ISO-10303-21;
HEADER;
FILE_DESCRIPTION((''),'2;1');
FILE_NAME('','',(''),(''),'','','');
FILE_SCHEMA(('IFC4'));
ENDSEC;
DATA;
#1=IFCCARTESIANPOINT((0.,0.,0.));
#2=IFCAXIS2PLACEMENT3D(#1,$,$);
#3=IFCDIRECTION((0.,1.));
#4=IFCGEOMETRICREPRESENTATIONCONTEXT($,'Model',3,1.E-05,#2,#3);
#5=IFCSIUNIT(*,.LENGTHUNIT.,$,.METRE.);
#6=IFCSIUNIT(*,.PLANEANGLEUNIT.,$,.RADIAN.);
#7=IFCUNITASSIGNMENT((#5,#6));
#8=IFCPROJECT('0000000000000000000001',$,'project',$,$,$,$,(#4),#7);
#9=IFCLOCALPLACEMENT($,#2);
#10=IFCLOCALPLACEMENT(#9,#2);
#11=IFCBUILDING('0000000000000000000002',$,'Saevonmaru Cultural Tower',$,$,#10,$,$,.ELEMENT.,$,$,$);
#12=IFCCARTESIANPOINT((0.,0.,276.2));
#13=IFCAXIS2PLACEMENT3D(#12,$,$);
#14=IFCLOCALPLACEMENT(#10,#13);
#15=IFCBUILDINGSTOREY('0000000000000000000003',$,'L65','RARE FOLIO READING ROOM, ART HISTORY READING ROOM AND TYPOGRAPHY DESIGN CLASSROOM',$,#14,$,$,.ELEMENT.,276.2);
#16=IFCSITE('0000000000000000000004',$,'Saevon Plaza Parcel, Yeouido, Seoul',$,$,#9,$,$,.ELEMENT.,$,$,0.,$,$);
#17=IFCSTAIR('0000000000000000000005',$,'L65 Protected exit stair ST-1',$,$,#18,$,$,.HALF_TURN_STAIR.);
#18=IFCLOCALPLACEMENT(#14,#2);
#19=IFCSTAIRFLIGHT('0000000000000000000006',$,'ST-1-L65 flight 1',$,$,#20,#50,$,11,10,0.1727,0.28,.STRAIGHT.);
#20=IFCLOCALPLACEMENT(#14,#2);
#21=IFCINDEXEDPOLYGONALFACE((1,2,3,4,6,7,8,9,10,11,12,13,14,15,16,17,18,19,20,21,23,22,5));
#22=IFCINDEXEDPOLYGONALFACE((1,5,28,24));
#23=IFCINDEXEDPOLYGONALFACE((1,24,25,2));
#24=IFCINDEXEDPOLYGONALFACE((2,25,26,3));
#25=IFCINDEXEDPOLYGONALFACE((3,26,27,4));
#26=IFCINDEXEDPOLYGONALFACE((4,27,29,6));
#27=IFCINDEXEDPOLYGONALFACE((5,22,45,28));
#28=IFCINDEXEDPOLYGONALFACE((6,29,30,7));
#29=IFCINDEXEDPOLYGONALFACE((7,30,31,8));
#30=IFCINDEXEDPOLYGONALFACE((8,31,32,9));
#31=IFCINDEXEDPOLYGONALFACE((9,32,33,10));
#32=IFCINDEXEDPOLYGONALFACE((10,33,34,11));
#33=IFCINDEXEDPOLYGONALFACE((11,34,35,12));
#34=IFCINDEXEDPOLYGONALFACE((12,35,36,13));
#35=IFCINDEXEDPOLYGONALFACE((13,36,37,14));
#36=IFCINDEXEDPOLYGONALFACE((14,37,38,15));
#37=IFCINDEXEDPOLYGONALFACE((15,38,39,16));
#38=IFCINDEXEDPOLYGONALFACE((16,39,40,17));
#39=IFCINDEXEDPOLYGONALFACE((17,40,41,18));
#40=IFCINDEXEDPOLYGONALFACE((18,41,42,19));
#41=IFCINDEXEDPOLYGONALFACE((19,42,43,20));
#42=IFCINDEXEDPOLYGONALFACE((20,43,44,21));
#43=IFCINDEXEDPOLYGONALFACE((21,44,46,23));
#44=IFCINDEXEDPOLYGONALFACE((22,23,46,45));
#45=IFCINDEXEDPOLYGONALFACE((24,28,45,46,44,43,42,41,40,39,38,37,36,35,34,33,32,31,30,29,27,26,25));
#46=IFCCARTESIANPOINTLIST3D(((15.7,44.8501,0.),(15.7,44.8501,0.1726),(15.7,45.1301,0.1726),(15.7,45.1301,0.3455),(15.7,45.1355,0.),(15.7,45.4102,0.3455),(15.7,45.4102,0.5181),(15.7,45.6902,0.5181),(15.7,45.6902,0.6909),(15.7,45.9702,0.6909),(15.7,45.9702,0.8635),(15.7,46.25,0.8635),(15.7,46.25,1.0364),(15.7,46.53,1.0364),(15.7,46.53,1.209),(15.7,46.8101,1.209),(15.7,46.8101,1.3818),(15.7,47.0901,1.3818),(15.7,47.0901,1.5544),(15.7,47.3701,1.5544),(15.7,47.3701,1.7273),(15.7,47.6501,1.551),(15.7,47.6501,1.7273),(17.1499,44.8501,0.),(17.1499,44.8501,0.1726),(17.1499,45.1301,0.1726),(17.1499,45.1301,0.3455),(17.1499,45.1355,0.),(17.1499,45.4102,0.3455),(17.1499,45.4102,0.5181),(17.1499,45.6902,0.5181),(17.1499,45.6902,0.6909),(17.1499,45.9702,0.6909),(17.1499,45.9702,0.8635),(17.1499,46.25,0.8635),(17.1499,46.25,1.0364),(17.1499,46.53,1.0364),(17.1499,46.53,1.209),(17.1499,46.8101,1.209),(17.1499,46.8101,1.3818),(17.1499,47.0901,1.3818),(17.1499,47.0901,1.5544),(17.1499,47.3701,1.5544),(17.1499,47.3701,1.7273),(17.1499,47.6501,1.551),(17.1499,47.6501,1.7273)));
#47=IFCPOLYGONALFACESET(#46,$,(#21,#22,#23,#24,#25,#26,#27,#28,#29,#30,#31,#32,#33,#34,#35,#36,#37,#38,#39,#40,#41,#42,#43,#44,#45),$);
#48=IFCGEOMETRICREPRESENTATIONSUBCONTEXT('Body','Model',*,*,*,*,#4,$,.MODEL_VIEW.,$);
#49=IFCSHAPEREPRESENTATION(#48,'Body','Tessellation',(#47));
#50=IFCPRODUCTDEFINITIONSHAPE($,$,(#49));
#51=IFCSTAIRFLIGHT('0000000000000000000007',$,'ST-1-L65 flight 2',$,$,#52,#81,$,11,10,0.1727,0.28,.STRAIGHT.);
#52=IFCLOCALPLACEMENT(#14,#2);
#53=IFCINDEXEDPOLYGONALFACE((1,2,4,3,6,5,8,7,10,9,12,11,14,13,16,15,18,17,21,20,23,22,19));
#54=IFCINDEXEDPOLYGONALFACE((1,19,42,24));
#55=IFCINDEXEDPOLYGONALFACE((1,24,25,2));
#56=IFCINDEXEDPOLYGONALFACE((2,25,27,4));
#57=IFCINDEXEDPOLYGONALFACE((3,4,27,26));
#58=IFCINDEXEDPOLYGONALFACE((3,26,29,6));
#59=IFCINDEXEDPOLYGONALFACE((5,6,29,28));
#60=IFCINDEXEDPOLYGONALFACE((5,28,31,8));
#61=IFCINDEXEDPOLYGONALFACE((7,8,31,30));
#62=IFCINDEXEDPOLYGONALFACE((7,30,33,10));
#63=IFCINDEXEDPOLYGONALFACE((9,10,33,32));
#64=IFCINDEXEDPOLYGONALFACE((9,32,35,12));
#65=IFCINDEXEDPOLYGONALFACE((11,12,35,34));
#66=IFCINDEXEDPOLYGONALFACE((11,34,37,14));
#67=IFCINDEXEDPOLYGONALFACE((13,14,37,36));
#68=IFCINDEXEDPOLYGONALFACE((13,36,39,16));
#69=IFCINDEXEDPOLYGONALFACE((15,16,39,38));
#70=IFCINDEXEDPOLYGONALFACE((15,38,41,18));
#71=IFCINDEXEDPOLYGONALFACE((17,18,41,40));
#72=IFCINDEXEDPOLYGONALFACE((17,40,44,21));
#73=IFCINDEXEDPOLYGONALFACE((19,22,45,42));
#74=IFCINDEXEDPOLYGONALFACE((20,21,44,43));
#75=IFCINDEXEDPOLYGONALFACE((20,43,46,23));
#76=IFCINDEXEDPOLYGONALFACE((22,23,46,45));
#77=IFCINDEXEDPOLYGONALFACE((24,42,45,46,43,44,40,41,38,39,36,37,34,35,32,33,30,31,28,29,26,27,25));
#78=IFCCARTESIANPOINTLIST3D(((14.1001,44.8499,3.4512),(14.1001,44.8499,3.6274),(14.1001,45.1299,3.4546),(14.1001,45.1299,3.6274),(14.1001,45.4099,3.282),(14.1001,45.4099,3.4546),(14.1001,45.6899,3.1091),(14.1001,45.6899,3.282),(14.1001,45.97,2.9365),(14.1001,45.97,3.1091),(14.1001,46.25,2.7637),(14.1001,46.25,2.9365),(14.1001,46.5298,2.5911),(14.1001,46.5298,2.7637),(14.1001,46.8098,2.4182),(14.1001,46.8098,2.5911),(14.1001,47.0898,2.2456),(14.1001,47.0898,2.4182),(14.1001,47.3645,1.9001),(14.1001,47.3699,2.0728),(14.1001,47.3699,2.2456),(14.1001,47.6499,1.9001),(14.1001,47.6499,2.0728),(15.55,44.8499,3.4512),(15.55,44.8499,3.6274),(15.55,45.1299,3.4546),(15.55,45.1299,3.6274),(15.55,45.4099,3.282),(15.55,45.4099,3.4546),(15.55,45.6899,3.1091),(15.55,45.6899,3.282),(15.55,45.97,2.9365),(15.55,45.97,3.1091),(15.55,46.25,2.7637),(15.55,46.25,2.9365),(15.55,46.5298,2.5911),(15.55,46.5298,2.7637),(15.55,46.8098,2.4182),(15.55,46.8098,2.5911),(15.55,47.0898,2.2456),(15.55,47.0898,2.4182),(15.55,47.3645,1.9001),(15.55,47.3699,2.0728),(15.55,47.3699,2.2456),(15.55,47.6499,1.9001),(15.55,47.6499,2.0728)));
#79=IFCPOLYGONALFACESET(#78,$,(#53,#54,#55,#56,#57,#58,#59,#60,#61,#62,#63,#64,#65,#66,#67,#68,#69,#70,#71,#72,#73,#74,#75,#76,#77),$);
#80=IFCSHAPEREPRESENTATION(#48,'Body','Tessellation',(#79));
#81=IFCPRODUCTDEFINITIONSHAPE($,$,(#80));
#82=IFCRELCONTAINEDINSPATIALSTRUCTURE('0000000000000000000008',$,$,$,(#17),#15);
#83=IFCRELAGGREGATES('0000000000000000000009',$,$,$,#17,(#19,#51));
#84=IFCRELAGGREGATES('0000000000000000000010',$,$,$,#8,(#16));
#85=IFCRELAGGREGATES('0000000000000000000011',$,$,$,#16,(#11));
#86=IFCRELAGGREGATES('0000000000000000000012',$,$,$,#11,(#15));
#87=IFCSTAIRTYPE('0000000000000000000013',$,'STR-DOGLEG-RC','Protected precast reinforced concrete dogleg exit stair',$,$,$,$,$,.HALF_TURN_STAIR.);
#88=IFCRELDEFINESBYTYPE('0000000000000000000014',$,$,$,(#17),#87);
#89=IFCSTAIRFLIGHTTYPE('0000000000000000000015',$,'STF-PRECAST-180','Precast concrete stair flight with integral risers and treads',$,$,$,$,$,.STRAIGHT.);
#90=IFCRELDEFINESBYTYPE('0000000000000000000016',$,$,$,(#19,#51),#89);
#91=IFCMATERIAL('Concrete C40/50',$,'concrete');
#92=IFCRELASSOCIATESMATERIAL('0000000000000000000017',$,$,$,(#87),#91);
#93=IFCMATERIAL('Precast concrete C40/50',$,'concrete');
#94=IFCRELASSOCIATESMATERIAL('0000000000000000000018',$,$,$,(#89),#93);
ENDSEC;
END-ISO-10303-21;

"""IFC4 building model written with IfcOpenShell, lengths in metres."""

from ifc_helpers import new_model, si_unit, direction, frame, origin, place, context, subcontext, project, spatial, polyline, outline, extrude, material, type_object, element, aggregate, save


model = new_model("IFC4")

# Units and contexts
model_context = context("Model", 3, precision=1e-05, world=origin(), true_north=direction((0.0, 1.0)))
body_context = subcontext(model_context, "Body", "Model", "MODEL_VIEW")
ifc_project = project(units=[si_unit("LENGTHUNIT", "METRE"), si_unit("PLANEANGLEUNIT", "RADIAN")], contexts=[model_context])

# Site, building, storey
site_placement = place(None, origin())
site = spatial("IfcSite", under=ifc_project, at=site_placement, Name="Saevon Plaza Parcel, Yeouido, Seoul", CompositionType="ELEMENT", RefElevation=0.0)
building_placement = place(site_placement, origin())
building = spatial("IfcBuilding", under=site, at=building_placement, Name="Saevonmaru Cultural Tower", CompositionType="ELEMENT")
storey_placement = place(building_placement, frame((0.0, 0.0, 276.2)))
storey = spatial("IfcBuildingStorey", under=building, at=storey_placement, Name="L65", Description="RARE FOLIO READING ROOM, ART HISTORY READING ROOM AND TYPOGRAPHY DESIGN CLASSROOM", CompositionType="ELEMENT", Elevation=276.2)

# Shared definitions
ifc_material_1 = material(Name="Concrete C40/50", Category="concrete")

# Stair, stair flights
stair_type = type_object("IfcStairType", Name="STR-DOGLEG-RC", Description="Protected precast reinforced concrete dogleg exit stair", PredefinedType="HALF_TURN_STAIR", material=ifc_material_1)
stair_placement = place(storey_placement, origin())
stair = element("IfcStair", 1, at=stair_placement, inside=storey, type_object=stair_type, Name="L65 Protected exit stair ST-1", PredefinedType="HALF_TURN_STAIR")
ifc_material_2 = material(Name="Precast concrete C40/50", Category="concrete")
stair_flight_type = type_object("IfcStairFlightType", Name="STF-PRECAST-180", Description="Precast concrete stair flight with integral risers and treads", PredefinedType="STRAIGHT", material=ifc_material_2)
stair_flight_1_placement = place(storey_placement, frame((16.425, 44.8501, 0.0), z_axis=(0.0, 0.0, 1.0), x_axis=(0.0, 1.0, 0.0)))
stair_flight_1 = element("IfcStairFlight", 2, at=stair_flight_1_placement, type_object=stair_flight_type, Name="ST-1-L65 flight 1", NumberOfRisers=11, NumberOfTreads=10, PredefinedType="STRAIGHT", RiserHeight=0.1727, TreadLength=0.28, context=body_context, shape_type="SweptSolid", body=[
    extrude(outline(polyline([(0.0, 0.0), (0.0, 0.1726), (0.28, 0.1726), (0.28, 0.3455), (0.5601, 0.3455), (0.5601, 0.5181), (0.8401, 0.5181), (0.8401, 0.6909), (1.1201, 0.6909), (1.1201, 0.8635), (1.3999, 0.8635), (1.3999, 1.0364), (1.6799, 1.0364), (1.6799, 1.209), (1.96, 1.209), (1.96, 1.3818), (2.24, 1.3818), (2.24, 1.5544), (2.52, 1.5544), (2.52, 1.7273), (2.8, 1.7273), (2.8, 1.8999), (2.8, 1.551), (0.2854, 0.0), (0.0, 0.0)])), frame((0.0, 0.7251, 0.0), z_axis=(0.0, -1.0, 0.0), x_axis=(1.0, 0.0, 0.0)), (0.0, 0.0, 1.0), 1.45),
])
stair_flight_2_placement = place(storey_placement, frame((14.825, 47.6499, 1.9001), z_axis=(0.0, 0.0, 1.0), x_axis=(0.0, -1.0, 0.0)))
stair_flight_2 = element("IfcStairFlight", 3, at=stair_flight_2_placement, type_object=stair_flight_type, Name="ST-1-L65 flight 2", NumberOfRisers=11, NumberOfTreads=10, PredefinedType="STRAIGHT", RiserHeight=0.1727, TreadLength=0.28, context=body_context, shape_type="SweptSolid", body=[
    extrude(outline(polyline([(0.0, 0.0), (0.0, 0.1726), (0.28, 0.1726), (0.28, 0.3455), (0.5601, 0.3455), (0.5601, 0.5181), (0.8401, 0.5181), (0.8401, 0.6909), (1.1201, 0.6909), (1.1201, 0.8635), (1.3999, 0.8635), (1.3999, 1.0364), (1.6799, 1.0364), (1.6799, 1.209), (1.96, 1.209), (1.96, 1.3818), (2.24, 1.3818), (2.24, 1.5544), (2.52, 1.5544), (2.52, 1.7273), (2.8, 1.7273), (2.8, 1.8999), (2.8, 1.551), (0.2854, 0.0), (0.0, 0.0)])), frame((0.0, 0.7251, 0.0), z_axis=(0.0, -1.0, 0.0), x_axis=(1.0, 0.0, 0.0)), (0.0, 0.0, 1.0), 1.45),
])
aggregate(stair, [stair_flight_1, stair_flight_2])

save(model, "model.ifc")
